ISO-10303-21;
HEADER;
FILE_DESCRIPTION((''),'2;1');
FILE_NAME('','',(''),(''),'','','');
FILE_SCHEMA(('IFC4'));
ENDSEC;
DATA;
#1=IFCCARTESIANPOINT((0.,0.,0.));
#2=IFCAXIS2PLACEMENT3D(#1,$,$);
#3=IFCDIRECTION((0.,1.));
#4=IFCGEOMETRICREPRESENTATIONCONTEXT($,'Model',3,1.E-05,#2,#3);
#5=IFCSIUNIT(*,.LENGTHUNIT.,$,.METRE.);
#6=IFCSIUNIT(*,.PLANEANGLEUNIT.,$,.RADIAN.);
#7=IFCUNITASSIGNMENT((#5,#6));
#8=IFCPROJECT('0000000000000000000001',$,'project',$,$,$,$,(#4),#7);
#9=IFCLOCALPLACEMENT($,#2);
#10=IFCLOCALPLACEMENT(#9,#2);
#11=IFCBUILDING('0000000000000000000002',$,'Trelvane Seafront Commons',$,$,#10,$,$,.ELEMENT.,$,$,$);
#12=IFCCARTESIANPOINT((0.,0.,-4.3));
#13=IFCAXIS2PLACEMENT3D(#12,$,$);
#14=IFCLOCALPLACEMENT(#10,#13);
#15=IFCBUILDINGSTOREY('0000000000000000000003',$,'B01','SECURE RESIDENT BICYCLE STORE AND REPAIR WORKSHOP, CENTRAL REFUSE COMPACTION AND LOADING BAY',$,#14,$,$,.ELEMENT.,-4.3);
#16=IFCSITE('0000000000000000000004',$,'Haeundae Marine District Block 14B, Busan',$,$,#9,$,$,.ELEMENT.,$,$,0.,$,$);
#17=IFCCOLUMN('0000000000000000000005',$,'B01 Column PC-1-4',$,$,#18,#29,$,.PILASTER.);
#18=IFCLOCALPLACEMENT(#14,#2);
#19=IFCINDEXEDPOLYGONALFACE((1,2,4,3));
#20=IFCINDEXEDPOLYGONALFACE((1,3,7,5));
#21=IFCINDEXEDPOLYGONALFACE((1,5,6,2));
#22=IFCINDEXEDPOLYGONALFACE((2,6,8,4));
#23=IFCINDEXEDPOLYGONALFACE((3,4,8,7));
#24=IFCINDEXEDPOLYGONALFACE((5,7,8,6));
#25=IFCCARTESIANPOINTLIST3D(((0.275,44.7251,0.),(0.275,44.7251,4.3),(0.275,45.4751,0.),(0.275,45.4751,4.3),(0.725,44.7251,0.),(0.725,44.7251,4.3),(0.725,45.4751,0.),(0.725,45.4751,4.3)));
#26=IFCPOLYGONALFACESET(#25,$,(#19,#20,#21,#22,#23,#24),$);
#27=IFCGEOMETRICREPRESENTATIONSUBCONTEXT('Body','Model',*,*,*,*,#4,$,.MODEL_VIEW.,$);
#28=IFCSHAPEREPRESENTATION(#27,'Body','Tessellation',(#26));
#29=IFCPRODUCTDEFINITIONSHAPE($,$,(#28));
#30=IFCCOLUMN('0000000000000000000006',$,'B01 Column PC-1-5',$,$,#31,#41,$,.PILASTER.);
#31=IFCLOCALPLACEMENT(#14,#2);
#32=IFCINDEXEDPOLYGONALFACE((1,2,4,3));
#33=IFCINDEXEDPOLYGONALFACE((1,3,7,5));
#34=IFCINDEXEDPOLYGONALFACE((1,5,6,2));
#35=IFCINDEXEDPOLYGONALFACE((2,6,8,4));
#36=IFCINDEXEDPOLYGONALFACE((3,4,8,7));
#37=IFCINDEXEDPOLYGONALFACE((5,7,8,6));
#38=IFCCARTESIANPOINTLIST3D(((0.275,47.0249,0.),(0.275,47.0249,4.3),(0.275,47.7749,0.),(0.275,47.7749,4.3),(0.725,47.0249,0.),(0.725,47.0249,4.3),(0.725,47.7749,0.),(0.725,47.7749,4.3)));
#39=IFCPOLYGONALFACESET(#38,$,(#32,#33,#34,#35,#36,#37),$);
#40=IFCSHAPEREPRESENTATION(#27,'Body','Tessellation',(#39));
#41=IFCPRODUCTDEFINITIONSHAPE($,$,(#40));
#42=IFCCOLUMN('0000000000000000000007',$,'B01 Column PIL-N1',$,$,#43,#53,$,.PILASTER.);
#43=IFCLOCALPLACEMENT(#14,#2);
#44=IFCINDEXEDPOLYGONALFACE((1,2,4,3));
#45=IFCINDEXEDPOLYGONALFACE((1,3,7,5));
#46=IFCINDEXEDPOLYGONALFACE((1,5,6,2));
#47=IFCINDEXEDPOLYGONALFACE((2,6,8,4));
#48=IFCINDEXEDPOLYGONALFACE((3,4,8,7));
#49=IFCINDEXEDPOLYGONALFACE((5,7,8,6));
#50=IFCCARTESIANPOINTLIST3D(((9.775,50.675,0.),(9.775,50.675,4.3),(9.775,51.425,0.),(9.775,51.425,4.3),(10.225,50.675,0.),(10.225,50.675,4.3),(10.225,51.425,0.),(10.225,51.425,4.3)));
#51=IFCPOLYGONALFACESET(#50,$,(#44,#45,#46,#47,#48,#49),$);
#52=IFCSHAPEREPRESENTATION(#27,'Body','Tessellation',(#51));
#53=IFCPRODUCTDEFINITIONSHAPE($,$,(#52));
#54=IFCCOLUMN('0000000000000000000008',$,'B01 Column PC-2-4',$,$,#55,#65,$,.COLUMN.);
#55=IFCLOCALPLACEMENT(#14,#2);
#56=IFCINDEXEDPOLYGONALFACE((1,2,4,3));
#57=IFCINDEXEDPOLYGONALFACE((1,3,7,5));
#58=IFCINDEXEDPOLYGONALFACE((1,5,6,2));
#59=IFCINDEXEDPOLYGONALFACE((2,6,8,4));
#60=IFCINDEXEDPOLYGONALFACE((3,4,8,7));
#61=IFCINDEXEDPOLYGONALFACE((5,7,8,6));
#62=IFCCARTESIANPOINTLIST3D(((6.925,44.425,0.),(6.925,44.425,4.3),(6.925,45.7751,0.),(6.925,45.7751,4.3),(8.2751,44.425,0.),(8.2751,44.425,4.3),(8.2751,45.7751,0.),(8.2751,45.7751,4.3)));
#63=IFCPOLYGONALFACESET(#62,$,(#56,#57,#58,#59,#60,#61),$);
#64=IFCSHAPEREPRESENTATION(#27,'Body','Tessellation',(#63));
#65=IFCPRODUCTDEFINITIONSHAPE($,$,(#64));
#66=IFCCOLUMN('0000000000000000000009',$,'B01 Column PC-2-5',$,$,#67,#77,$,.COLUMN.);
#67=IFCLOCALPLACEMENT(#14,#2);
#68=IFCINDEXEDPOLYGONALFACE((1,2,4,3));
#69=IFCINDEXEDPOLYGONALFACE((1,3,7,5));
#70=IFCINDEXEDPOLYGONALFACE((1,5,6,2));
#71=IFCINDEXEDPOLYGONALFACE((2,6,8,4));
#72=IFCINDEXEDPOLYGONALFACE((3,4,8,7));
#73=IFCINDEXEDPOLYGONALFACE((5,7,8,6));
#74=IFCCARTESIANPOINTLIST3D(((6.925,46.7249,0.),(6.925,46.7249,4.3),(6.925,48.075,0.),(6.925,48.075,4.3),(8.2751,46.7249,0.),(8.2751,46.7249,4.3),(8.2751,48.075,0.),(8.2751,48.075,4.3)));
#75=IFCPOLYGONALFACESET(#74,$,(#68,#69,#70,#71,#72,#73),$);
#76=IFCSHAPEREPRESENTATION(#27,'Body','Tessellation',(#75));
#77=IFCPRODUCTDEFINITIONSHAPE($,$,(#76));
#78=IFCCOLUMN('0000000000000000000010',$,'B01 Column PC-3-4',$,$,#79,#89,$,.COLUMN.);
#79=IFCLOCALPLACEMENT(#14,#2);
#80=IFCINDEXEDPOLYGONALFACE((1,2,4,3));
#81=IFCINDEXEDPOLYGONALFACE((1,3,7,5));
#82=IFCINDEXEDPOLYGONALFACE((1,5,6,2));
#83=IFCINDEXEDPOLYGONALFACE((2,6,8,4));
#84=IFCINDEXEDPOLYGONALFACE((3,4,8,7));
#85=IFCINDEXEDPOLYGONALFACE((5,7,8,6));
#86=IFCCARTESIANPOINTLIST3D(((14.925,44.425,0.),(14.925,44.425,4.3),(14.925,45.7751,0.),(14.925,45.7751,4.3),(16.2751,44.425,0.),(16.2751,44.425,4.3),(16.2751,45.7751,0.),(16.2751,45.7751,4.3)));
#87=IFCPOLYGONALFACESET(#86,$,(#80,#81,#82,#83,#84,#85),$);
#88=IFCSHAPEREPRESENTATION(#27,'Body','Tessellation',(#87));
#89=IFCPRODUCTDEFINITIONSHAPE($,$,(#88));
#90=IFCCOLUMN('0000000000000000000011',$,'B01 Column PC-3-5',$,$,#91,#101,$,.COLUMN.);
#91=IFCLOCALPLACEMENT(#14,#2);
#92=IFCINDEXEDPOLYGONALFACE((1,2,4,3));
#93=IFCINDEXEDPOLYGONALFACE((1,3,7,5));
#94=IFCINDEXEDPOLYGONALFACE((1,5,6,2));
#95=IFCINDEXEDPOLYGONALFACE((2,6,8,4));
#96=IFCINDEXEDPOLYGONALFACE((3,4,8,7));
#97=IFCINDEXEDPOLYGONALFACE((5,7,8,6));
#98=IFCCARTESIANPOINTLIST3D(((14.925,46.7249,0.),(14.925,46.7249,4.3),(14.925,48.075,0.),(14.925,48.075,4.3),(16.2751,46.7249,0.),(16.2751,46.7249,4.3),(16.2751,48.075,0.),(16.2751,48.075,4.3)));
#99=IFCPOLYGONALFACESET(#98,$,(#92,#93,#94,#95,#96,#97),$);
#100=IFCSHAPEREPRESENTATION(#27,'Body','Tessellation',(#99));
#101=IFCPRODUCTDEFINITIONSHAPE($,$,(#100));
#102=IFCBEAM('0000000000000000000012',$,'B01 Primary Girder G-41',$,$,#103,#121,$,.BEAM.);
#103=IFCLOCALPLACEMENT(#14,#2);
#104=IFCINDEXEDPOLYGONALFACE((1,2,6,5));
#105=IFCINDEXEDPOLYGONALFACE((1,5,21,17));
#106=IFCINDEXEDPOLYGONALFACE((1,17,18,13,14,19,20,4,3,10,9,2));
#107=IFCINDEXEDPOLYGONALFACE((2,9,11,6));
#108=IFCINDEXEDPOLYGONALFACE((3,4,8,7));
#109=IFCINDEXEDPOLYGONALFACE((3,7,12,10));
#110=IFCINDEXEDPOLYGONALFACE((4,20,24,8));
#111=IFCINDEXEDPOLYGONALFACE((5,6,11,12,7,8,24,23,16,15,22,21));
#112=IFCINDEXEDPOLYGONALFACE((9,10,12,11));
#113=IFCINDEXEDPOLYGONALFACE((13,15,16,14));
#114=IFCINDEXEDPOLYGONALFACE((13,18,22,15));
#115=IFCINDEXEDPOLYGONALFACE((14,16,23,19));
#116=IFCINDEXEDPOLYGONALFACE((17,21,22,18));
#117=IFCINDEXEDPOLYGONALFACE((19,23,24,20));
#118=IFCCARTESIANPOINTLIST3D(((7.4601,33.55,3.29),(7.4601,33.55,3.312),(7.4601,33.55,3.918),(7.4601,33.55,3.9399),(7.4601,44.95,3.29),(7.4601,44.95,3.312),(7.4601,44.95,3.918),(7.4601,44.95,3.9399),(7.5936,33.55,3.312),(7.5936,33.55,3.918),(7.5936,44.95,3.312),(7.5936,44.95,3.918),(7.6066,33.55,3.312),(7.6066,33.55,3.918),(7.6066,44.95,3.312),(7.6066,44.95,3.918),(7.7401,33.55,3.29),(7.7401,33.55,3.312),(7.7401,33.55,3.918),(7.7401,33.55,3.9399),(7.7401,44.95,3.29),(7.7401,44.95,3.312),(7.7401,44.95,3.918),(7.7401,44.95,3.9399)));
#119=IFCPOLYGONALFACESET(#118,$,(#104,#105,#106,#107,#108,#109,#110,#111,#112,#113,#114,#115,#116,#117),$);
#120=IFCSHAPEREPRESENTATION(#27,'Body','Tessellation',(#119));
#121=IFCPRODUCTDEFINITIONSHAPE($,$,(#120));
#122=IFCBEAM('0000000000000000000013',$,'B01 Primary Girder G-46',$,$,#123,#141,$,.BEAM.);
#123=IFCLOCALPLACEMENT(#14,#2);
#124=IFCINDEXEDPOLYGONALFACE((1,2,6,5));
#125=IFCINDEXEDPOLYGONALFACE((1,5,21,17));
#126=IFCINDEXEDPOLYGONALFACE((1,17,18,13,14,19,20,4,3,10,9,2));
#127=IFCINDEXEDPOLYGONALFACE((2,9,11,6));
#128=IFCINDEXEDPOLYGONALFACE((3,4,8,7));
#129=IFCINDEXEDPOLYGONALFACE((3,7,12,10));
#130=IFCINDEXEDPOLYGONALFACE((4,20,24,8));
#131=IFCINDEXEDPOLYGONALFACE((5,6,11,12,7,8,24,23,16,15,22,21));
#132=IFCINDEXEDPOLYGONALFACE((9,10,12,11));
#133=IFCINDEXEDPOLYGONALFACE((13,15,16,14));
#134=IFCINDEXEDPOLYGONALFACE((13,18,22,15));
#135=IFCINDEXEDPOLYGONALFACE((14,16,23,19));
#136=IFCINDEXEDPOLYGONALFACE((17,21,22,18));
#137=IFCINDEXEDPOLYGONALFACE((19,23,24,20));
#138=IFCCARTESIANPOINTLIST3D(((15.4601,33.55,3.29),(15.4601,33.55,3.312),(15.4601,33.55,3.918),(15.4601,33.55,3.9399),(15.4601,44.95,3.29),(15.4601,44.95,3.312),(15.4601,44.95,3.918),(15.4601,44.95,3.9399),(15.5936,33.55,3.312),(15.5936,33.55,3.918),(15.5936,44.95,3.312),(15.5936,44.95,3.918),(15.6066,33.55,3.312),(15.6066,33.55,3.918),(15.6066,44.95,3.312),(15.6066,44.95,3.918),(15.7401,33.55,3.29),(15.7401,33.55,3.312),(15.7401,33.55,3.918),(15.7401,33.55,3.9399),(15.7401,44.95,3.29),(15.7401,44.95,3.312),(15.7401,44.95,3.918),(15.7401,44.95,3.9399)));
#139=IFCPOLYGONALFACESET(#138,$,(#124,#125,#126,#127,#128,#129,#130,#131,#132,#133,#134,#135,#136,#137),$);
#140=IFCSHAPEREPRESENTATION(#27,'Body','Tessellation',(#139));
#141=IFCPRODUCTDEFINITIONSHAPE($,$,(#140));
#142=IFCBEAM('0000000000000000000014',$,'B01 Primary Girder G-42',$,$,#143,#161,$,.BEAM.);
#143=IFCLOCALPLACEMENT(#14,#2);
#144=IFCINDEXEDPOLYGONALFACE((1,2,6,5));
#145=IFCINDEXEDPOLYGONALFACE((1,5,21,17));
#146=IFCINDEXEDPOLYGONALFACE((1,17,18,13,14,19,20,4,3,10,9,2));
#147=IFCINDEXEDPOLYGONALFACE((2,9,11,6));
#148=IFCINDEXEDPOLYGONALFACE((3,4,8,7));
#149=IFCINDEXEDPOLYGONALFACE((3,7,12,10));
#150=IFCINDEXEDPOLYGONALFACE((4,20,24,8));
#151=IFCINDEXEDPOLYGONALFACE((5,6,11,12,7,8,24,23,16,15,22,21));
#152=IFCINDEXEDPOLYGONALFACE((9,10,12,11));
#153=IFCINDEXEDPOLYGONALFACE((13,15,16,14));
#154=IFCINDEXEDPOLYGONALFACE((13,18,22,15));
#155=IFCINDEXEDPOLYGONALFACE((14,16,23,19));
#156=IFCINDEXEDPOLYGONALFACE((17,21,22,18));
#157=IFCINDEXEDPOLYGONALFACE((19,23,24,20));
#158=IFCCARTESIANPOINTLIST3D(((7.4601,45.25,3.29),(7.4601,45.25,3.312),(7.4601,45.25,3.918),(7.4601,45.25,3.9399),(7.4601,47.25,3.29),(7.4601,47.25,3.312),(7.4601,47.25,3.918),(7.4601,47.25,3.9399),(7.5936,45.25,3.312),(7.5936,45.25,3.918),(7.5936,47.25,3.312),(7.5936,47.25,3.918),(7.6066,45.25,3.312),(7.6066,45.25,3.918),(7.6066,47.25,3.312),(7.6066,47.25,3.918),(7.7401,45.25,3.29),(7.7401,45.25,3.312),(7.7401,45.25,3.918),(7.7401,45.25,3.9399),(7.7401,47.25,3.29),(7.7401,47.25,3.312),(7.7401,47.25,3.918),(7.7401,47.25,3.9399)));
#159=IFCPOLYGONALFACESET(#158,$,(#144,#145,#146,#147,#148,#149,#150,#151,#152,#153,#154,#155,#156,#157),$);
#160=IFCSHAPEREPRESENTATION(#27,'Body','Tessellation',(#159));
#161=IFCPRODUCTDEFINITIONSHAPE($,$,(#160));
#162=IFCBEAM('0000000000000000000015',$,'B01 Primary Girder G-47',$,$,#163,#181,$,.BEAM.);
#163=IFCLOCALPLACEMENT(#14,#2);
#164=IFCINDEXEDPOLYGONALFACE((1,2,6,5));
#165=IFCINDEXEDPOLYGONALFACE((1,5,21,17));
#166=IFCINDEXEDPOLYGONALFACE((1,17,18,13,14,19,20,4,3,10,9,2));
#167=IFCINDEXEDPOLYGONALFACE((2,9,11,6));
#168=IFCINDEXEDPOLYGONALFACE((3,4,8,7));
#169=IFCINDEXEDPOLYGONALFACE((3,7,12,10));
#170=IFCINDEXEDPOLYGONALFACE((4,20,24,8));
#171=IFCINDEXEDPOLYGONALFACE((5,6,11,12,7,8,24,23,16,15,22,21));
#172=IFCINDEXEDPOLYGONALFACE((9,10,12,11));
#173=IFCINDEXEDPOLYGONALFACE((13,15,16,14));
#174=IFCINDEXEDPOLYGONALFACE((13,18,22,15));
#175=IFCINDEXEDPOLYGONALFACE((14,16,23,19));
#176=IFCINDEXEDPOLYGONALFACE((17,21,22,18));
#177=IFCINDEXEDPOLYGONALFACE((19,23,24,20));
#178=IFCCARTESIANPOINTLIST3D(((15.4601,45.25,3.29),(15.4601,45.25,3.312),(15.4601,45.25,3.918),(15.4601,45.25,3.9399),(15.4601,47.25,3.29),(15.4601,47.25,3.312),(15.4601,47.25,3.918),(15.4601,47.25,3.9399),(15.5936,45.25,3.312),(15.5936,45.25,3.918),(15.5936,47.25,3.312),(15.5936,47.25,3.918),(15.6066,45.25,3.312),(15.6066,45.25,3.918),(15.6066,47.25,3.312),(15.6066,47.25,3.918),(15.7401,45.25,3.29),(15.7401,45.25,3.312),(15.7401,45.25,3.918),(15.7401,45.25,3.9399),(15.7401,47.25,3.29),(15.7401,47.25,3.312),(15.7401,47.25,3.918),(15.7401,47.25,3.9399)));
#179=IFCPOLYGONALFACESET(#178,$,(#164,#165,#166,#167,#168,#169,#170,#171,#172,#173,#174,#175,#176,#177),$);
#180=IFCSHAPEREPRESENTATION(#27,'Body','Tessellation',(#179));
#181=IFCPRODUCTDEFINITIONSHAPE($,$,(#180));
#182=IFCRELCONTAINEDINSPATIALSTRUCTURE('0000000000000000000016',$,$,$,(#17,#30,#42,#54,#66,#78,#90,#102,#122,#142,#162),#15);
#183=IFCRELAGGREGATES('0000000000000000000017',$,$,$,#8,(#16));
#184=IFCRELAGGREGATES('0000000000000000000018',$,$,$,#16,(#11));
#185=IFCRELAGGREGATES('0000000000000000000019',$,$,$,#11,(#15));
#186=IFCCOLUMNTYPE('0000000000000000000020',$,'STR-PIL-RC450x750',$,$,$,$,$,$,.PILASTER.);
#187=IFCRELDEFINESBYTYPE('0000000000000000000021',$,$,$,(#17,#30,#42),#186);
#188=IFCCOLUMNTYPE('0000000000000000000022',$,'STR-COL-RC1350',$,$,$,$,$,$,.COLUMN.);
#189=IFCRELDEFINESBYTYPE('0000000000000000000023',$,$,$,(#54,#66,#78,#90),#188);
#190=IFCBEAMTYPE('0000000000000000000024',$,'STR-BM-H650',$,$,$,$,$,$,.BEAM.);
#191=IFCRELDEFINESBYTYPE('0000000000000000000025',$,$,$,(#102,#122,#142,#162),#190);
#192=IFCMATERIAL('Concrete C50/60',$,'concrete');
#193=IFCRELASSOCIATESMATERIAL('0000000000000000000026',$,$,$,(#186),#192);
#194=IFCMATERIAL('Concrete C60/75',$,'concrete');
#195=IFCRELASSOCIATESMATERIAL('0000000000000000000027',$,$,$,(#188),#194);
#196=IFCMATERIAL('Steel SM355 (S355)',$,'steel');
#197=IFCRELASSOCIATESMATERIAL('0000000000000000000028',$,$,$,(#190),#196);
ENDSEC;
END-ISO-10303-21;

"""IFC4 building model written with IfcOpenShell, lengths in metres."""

from ifc_helpers import new_model, si_unit, direction, frame, origin, origin_2d, place, context, subcontext, project, spatial, rectangle, i_section, extrude, source, transform, mapped, material, material_profile, profile_set, type_object, element, save


model = new_model("IFC4")

# Units and contexts
model_context = context("Model", 3, precision=1e-05, world=origin(), true_north=direction((0.0, 1.0)))
body_context = subcontext(model_context, "Body", "Model", "MODEL_VIEW")
ifc_project = project(units=[si_unit("LENGTHUNIT", "METRE"), si_unit("PLANEANGLEUNIT", "RADIAN")], contexts=[model_context])

# Site, building, storey
site_placement = place(None, origin())
site = spatial("IfcSite", under=ifc_project, at=site_placement, Name="Haeundae Marine District Block 14B, Busan", CompositionType="ELEMENT", RefElevation=0.0)
building_placement = place(site_placement, origin())
building = spatial("IfcBuilding", under=site, at=building_placement, Name="Trelvane Seafront Commons", CompositionType="ELEMENT")
storey_placement = place(building_placement, frame((0.0, 0.0, -4.3)))
storey = spatial("IfcBuildingStorey", under=building, at=storey_placement, Name="B01", Description="SECURE RESIDENT BICYCLE STORE AND REPAIR WORKSHOP, CENTRAL REFUSE COMPACTION AND LOADING BAY", CompositionType="ELEMENT", Elevation=-4.3)

# Columns
ifc_material_1 = material(Name="Concrete C50/60", Category="concrete")
ifc_material_profile_1 = material_profile(ifc_material_1, rectangle(XDim=0.45, YDim=0.75, at=origin_2d()), Name="RC-450x750")
ifc_profile_set_1 = profile_set([ifc_material_profile_1], Name="Concrete C50/60")
column_type_1 = type_object("IfcColumnType", Name="STR-PIL-RC450x750", PredefinedType="PILASTER", material=ifc_profile_set_1)
shared_shape_1 = source(origin(), body_context, "Body", "SweptSolid", [
    extrude(rectangle(XDim=0.45, YDim=0.75, at=origin_2d()), origin(), (0.0, 0.0, 1.0), 4.3),
])
for number, where, z_axis, x_axis, name in (
    (1, (0.5, 45.1001, 0.0), (0.0, 0.0, 1.0), (1.0, 0.0, 0.0), "B01 Column PC-1-4"),
    (2, (0.5, 47.3999, 0.0), (0.0, 0.0, 1.0), (1.0, 0.0, 0.0), "B01 Column PC-1-5"),
    (3, (10.0, 51.05, 0.0), (0.0, 0.0, 1.0), (1.0, 0.0, 0.0), "B01 Column PIL-N1"),
):
    element("IfcColumn", number, at=place(storey_placement, frame(where, z_axis=z_axis, x_axis=x_axis)), inside=storey, type_object=column_type_1, Name=name, PredefinedType="PILASTER", context=body_context, shape_type="MappedRepresentation", body=[
        mapped(shared_shape_1, transform((0.0, 0.0, 0.0), x_axis=(1.0, 0.0, 0.0), y_axis=(0.0, 1.0, 0.0), z_axis=(0.0, 0.0, 1.0), scale=1.0)),
    ])
ifc_material_2 = material(Name="Concrete C60/75", Category="concrete")
ifc_material_profile_2 = material_profile(ifc_material_2, rectangle(XDim=1.3501, YDim=1.3501, at=origin_2d()), Name="RC-1350x1350")
ifc_profile_set_2 = profile_set([ifc_material_profile_2], Name="Concrete C60/75")
column_type_2 = type_object("IfcColumnType", Name="STR-COL-RC1350", PredefinedType="COLUMN", material=ifc_profile_set_2)
shared_shape_2 = source(origin(), body_context, "Body", "SweptSolid", [
    extrude(rectangle(XDim=1.3501, YDim=1.3501, at=origin_2d()), origin(), (0.0, 0.0, 1.0), 4.3),
])
for number, where, z_axis, x_axis, name in (
    (4, (7.6001, 45.1001, 0.0), (0.0, 0.0, 1.0), (1.0, 0.0, 0.0), "B01 Column PC-2-4"),
    (5, (7.6001, 47.3999, 0.0), (0.0, 0.0, 1.0), (1.0, 0.0, 0.0), "B01 Column PC-2-5"),
    (6, (15.6001, 45.1001, 0.0), (0.0, 0.0, 1.0), (1.0, 0.0, 0.0), "B01 Column PC-3-4"),
    (7, (15.6001, 47.3999, 0.0), (0.0, 0.0, 1.0), (1.0, 0.0, 0.0), "B01 Column PC-3-5"),
):
    element("IfcColumn", number, at=place(storey_placement, frame(where, z_axis=z_axis, x_axis=x_axis)), inside=storey, type_object=column_type_2, Name=name, PredefinedType="COLUMN", context=body_context, shape_type="MappedRepresentation", body=[
        mapped(shared_shape_2, transform((0.0, 0.0, 0.0), x_axis=(1.0, 0.0, 0.0), y_axis=(0.0, 1.0, 0.0), z_axis=(0.0, 0.0, 1.0), scale=1.0)),
    ])

# Beams
ifc_material_3 = material(Name="Steel SM355 (S355)", Category="steel")
ifc_material_profile_3 = material_profile(ifc_material_3, i_section(OverallWidth=0.28, OverallDepth=0.6499, WebThickness=0.0129, FlangeThickness=0.022, at=origin_2d()), Name="H-650x280x13x22")
ifc_profile_set_3 = profile_set([ifc_material_profile_3], Name="Steel SM355 (S355)")
beam_type_1 = type_object("IfcBeamType", Name="STR-BM-H650", PredefinedType="BEAM", material=ifc_profile_set_3)
shared_shape_3 = source(origin(), body_context, "Body", "SweptSolid", [
    extrude(i_section(OverallWidth=0.28, OverallDepth=0.6499, WebThickness=0.0129, FlangeThickness=0.022, at=origin_2d()), origin(), (0.0, 0.0, 1.0), 11.3999),
])
for number, where, z_axis, x_axis, name in (
    (8, (7.6001, 33.55, 3.615), (0.0, 1.0, 0.0), (-1.0, 0.0, 0.0), "B01 Primary Girder G-41"),
    (9, (15.6001, 33.55, 3.615), (0.0, 1.0, 0.0), (-1.0, 0.0, 0.0), "B01 Primary Girder G-46"),
):
    element("IfcBeam", number, at=place(storey_placement, frame(where, z_axis=z_axis, x_axis=x_axis)), inside=storey, type_object=beam_type_1, Name=name, PredefinedType="BEAM", context=body_context, shape_type="MappedRepresentation", body=[
        mapped(shared_shape_3, transform((0.0, 0.0, 0.0), x_axis=(1.0, 0.0, 0.0), y_axis=(0.0, 1.0, 0.0), z_axis=(0.0, 0.0, 1.0), scale=1.0)),
    ])
shared_shape_4 = source(origin(), body_context, "Body", "SweptSolid", [
    extrude(i_section(OverallWidth=0.28, OverallDepth=0.6499, WebThickness=0.0129, FlangeThickness=0.022, at=origin_2d()), origin(), (0.0, 0.0, 1.0), 2.0),
])
for number, where, z_axis, x_axis, name in (
    (10, (7.6001, 45.25, 3.615), (0.0, 1.0, 0.0), (-1.0, 0.0, 0.0), "B01 Primary Girder G-42"),
    (11, (15.6001, 45.25, 3.615), (0.0, 1.0, 0.0), (-1.0, 0.0, 0.0), "B01 Primary Girder G-47"),
):
    element("IfcBeam", number, at=place(storey_placement, frame(where, z_axis=z_axis, x_axis=x_axis)), inside=storey, type_object=beam_type_1, Name=name, PredefinedType="BEAM", context=body_context, shape_type="MappedRepresentation", body=[
        mapped(shared_shape_4, transform((0.0, 0.0, 0.0), x_axis=(1.0, 0.0, 0.0), y_axis=(0.0, 1.0, 0.0), z_axis=(0.0, 0.0, 1.0), scale=1.0)),
    ])

save(model, "model.ifc")
